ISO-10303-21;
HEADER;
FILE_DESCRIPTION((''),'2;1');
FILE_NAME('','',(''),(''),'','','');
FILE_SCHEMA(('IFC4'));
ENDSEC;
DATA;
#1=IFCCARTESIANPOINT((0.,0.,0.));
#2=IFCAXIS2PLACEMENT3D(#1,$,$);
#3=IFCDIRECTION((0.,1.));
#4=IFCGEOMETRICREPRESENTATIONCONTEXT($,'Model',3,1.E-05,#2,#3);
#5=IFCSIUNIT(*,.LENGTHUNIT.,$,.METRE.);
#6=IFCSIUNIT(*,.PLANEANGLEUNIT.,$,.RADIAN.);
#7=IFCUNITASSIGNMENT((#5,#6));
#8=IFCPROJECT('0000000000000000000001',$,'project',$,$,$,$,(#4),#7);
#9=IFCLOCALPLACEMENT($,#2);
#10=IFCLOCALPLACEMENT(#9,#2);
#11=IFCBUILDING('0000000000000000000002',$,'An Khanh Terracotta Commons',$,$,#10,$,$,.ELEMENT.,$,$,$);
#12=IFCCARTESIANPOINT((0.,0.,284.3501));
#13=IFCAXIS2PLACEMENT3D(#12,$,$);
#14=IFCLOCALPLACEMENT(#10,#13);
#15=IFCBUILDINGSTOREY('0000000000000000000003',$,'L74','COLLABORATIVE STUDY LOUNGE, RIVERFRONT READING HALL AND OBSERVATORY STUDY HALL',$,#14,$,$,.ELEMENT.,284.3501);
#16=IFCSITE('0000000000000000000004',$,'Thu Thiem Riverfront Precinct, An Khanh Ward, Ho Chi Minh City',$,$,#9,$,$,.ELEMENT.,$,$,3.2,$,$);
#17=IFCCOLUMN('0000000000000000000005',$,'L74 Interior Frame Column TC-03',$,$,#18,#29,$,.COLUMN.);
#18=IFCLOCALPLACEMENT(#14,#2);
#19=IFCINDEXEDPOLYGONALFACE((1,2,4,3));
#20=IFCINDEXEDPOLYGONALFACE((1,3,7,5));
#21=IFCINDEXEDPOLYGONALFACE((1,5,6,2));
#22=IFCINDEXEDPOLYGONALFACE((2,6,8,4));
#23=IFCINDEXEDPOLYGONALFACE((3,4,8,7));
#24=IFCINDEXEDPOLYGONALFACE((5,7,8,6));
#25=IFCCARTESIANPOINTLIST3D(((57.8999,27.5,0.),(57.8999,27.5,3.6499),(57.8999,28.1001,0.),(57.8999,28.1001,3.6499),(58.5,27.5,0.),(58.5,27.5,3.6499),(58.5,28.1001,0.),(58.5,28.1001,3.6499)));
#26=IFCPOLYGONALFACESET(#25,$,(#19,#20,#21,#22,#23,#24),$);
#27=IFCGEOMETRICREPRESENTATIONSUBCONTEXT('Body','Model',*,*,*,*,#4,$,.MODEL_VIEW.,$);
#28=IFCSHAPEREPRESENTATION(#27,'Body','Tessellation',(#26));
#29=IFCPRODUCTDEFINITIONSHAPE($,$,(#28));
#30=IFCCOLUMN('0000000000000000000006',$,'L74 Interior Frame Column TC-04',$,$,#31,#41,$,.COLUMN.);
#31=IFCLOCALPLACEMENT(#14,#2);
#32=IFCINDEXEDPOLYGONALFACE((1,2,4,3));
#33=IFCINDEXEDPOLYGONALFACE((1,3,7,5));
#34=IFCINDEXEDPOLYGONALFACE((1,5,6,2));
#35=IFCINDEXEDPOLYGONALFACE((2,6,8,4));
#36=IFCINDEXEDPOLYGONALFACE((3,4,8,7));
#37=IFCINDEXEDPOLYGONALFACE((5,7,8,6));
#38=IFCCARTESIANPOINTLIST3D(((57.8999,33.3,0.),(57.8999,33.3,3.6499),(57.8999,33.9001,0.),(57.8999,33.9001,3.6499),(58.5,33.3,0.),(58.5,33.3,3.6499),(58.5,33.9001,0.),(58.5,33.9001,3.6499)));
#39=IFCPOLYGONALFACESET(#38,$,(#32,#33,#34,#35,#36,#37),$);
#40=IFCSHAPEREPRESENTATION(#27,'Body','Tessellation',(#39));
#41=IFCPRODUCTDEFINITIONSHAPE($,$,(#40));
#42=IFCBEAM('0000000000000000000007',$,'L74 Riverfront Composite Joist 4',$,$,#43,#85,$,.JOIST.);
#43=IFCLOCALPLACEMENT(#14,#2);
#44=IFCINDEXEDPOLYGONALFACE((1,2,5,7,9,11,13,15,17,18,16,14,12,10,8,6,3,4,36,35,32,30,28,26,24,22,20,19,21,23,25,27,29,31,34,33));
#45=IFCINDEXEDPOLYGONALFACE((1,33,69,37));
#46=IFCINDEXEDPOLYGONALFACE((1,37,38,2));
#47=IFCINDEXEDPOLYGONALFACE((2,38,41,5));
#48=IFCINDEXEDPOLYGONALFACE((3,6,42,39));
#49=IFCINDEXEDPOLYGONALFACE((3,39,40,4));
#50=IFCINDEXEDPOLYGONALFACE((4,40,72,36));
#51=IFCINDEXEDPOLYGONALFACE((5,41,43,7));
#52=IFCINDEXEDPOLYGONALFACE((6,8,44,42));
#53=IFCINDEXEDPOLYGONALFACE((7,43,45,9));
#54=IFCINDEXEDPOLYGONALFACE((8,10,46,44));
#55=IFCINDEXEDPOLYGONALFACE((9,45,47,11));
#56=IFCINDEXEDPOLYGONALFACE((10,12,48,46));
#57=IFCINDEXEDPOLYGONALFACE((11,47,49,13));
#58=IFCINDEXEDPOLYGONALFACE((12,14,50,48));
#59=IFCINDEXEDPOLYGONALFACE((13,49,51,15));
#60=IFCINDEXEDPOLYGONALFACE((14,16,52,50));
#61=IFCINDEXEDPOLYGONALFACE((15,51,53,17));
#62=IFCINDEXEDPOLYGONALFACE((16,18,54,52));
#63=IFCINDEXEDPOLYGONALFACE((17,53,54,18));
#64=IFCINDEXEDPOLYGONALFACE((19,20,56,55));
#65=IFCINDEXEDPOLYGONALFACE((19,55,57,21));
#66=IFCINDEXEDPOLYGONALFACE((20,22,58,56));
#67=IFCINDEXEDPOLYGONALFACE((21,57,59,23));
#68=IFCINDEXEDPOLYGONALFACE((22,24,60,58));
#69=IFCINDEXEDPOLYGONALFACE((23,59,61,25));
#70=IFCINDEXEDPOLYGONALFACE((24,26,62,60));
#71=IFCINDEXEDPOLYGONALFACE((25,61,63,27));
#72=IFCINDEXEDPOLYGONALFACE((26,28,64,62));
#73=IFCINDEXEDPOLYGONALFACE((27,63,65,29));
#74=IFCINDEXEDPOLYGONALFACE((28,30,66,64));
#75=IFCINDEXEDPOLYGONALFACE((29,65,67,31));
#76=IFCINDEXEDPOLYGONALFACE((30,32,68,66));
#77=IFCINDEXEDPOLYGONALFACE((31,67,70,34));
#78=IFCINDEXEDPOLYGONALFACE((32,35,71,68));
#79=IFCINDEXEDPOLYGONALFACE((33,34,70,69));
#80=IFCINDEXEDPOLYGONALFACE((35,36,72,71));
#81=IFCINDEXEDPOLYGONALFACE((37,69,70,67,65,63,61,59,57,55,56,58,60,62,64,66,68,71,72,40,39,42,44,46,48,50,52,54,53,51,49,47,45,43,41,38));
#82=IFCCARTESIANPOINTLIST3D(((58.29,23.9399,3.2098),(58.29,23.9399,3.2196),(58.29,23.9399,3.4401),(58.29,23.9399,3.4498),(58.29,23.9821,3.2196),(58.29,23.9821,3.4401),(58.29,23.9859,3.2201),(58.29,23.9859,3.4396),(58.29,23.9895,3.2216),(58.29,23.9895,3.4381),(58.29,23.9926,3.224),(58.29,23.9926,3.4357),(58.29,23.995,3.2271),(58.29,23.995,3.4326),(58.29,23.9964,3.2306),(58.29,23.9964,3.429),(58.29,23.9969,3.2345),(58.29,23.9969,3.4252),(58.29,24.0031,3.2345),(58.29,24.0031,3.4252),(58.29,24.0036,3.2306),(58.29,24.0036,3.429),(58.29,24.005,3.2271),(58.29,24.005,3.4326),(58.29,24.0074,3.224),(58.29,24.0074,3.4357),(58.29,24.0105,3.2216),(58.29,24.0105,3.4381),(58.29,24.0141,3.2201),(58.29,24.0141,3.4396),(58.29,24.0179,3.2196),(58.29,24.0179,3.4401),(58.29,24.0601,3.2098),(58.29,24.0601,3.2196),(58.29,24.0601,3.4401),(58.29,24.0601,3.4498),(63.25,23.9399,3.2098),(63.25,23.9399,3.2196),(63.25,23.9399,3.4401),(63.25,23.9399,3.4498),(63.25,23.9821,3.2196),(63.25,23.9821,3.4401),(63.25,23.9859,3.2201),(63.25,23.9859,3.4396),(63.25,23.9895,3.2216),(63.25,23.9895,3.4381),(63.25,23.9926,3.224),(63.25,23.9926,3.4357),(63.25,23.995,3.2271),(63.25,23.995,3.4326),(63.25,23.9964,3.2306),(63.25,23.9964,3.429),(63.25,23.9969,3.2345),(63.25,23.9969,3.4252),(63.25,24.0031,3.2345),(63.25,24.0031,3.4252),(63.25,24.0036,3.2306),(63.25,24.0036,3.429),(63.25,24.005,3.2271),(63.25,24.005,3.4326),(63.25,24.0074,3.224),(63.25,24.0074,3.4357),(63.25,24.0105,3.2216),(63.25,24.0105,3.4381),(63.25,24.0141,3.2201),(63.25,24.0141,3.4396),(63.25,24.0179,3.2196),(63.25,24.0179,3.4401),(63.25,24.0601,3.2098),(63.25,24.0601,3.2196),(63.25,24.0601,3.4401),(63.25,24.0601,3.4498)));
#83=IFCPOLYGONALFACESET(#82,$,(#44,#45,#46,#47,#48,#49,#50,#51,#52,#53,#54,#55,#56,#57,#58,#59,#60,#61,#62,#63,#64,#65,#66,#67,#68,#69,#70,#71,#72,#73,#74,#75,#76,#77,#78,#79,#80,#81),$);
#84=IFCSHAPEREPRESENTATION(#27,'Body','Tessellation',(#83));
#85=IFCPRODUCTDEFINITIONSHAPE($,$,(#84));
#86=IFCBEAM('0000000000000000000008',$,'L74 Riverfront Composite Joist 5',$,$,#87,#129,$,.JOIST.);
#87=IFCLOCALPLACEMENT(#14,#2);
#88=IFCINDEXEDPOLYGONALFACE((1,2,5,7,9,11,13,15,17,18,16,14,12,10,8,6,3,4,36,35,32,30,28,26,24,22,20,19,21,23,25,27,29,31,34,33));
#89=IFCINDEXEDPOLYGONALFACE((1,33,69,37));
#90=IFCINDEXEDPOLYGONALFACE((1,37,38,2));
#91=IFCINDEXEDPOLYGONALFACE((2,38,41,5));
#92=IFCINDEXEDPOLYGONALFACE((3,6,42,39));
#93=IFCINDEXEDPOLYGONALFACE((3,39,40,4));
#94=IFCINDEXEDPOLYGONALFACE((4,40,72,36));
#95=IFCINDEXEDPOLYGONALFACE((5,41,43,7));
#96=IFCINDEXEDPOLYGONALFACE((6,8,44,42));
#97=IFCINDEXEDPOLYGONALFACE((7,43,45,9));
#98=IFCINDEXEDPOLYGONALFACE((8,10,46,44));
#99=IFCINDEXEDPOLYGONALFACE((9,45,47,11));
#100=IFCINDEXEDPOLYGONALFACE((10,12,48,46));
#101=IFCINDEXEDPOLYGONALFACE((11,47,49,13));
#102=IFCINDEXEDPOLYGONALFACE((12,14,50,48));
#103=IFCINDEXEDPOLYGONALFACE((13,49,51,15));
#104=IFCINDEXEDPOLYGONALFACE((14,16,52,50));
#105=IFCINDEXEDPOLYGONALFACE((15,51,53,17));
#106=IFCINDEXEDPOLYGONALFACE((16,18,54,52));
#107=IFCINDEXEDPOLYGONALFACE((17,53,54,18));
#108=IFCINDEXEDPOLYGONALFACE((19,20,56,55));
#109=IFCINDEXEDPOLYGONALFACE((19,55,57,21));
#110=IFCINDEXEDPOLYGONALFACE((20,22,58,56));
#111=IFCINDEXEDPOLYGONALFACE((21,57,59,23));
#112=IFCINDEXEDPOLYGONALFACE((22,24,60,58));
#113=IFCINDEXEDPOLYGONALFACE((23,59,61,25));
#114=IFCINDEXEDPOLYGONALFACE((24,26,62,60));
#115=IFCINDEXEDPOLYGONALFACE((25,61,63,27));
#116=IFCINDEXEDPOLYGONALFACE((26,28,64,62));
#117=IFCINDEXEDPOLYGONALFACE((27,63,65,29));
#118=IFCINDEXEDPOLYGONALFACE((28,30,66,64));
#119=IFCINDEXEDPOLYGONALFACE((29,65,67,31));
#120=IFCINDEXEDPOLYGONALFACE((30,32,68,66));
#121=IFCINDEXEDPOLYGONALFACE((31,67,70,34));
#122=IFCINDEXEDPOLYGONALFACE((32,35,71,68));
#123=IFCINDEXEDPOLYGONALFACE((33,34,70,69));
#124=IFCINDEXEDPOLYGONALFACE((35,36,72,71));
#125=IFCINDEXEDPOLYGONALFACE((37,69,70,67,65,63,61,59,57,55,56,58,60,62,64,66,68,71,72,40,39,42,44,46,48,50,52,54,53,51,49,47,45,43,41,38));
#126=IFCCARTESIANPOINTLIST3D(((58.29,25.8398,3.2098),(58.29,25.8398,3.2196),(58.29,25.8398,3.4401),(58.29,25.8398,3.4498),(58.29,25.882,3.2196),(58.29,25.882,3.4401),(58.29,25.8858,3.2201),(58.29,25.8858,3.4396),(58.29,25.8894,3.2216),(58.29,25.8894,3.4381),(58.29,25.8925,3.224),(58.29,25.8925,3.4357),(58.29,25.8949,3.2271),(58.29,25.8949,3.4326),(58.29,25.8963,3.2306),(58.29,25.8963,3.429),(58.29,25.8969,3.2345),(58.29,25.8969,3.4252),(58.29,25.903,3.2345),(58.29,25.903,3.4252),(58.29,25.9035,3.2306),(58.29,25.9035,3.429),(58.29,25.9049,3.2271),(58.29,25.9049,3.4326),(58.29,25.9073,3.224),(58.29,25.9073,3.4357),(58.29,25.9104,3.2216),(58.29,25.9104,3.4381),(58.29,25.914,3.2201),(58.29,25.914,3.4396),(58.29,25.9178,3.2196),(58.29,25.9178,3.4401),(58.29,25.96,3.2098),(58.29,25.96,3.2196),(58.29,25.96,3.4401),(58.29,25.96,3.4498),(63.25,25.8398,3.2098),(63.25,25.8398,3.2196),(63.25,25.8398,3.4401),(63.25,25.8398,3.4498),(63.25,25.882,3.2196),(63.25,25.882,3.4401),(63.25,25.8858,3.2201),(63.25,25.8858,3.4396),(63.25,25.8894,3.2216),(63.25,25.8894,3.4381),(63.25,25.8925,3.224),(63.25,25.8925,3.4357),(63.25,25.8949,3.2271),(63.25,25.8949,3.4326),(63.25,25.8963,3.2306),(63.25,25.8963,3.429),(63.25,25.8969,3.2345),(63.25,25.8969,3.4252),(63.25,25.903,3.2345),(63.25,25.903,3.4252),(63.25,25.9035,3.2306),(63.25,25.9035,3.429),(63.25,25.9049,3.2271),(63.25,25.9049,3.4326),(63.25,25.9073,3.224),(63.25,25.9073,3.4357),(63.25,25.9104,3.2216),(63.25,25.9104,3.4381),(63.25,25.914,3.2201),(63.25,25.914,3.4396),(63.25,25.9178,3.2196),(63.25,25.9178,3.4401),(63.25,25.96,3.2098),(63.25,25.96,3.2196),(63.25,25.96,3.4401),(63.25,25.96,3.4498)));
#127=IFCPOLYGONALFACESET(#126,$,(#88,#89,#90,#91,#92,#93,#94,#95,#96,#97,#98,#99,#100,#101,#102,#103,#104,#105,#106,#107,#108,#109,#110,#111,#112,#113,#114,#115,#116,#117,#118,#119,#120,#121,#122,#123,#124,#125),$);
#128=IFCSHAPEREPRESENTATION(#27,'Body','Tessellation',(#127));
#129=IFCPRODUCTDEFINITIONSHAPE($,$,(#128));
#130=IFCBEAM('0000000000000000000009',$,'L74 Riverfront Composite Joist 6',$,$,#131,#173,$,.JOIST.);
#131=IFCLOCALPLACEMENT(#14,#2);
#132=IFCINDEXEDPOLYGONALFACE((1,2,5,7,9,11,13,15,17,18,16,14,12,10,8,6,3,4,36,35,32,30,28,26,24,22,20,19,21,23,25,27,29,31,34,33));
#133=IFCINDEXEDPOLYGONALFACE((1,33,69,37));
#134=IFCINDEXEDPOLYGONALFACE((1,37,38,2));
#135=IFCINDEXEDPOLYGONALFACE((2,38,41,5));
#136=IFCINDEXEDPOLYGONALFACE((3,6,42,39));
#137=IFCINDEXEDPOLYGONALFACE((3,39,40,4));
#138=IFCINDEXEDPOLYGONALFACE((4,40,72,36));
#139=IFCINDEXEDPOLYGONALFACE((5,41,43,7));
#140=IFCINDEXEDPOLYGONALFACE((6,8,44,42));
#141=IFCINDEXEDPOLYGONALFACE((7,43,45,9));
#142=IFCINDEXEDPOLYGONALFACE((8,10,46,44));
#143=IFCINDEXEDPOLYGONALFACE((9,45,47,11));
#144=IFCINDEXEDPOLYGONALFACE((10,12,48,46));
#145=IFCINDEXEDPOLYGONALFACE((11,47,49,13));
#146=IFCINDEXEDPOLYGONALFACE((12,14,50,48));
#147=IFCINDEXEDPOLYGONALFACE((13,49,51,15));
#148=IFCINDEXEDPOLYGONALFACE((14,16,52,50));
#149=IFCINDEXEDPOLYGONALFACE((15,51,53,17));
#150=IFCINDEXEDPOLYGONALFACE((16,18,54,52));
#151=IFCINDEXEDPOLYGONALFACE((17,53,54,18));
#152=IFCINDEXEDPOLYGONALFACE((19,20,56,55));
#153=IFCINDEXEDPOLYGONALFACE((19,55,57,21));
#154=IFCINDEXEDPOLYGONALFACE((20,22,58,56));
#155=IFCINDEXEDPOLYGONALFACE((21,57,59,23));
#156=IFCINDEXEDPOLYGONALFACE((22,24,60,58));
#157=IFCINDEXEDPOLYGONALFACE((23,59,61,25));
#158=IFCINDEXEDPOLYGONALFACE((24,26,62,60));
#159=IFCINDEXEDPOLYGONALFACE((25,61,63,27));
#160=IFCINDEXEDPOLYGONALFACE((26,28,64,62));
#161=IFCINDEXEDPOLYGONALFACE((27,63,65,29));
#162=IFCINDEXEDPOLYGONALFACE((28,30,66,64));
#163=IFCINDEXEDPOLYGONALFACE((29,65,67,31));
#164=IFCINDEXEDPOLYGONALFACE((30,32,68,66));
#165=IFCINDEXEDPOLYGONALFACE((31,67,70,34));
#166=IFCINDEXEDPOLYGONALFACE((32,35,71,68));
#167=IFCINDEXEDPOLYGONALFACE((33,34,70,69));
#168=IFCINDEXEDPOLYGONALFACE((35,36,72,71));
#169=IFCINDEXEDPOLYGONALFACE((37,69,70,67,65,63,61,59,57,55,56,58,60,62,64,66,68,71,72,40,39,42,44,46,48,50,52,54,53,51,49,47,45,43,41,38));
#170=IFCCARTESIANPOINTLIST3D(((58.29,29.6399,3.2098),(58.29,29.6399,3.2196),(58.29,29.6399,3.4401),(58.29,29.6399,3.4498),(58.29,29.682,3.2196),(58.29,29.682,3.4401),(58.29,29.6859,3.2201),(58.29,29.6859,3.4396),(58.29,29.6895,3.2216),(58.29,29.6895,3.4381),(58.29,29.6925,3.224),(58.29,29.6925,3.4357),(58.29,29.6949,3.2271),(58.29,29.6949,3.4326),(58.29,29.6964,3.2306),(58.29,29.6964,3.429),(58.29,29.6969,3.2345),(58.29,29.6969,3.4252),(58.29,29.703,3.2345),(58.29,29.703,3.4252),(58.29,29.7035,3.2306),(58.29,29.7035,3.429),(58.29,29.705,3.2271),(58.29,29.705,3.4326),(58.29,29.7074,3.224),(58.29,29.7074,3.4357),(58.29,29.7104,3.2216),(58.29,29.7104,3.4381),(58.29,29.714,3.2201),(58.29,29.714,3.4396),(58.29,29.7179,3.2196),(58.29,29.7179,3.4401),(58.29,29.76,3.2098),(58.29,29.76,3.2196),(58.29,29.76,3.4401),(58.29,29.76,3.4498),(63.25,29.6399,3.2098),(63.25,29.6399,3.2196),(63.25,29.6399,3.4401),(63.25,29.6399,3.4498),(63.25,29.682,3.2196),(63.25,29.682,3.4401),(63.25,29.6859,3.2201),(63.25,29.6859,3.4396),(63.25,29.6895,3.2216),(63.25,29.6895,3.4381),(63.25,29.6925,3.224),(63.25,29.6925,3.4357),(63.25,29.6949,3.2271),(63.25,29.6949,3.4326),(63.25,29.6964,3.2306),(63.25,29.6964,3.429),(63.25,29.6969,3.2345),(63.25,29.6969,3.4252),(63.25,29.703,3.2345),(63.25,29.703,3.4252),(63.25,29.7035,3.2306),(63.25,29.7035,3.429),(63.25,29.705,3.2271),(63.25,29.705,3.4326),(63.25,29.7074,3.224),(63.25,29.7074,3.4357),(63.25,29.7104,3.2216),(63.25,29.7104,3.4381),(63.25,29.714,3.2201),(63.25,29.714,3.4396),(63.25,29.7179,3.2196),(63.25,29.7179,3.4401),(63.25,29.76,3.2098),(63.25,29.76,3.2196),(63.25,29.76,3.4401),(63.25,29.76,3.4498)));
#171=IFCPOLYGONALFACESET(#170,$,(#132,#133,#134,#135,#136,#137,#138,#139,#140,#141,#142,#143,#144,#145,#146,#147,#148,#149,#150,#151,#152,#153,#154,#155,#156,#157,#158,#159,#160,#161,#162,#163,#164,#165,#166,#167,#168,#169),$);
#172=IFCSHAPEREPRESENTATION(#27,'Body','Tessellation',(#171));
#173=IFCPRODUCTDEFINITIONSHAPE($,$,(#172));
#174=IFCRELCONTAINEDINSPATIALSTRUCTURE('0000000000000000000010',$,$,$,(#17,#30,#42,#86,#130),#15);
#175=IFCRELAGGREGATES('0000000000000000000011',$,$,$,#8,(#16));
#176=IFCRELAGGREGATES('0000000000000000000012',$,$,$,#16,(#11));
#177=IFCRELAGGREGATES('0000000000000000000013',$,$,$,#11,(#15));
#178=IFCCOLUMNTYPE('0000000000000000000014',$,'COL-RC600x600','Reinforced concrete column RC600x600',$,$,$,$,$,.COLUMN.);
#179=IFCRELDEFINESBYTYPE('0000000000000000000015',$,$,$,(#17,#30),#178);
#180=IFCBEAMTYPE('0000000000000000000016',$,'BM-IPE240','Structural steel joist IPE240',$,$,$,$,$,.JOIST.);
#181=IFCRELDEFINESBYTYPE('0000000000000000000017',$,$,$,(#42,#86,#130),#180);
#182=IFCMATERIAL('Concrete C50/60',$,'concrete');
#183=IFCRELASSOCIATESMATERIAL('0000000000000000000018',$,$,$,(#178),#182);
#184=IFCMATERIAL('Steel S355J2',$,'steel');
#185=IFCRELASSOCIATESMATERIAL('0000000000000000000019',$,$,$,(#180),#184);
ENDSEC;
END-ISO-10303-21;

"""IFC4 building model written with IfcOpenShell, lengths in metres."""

from ifc_helpers import new_model, si_unit, direction, frame, origin, origin_2d, place, context, subcontext, project, spatial, rectangle, i_section, extrude, material, material_profile, profile_set, type_object, element, save


model = new_model("IFC4")

# Units and contexts
model_context = context("Model", 3, precision=1e-05, world=origin(), true_north=direction((0.0, 1.0)))
body_context = subcontext(model_context, "Body", "Model", "MODEL_VIEW")
ifc_project = project(units=[si_unit("LENGTHUNIT", "METRE"), si_unit("PLANEANGLEUNIT", "RADIAN")], contexts=[model_context])

# Site, building, storey
site_placement = place(None, origin())
site = spatial("IfcSite", under=ifc_project, at=site_placement, Name="Thu Thiem Riverfront Precinct, An Khanh Ward, Ho Chi Minh City", CompositionType="ELEMENT", RefElevation=3.2)
building_placement = place(site_placement, origin())
building = spatial("IfcBuilding", under=site, at=building_placement, Name="An Khanh Terracotta Commons", CompositionType="ELEMENT")
storey_placement = place(building_placement, frame((0.0, 0.0, 284.3501)))
storey = spatial("IfcBuildingStorey", under=building, at=storey_placement, Name="L74", Description="COLLABORATIVE STUDY LOUNGE, RIVERFRONT READING HALL AND OBSERVATORY STUDY HALL", CompositionType="ELEMENT", Elevation=284.3501)

# Columns
ifc_material_1 = material(Name="Concrete C50/60", Category="concrete")
ifc_material_profile_1 = material_profile(ifc_material_1, rectangle(XDim=0.6001, YDim=0.6001, at=origin_2d()), Name="RC600x600")
ifc_profile_set_1 = profile_set([ifc_material_profile_1], Name="Concrete C50/60")
column_type = type_object("IfcColumnType", Name="COL-RC600x600", Description="Reinforced concrete column RC600x600", PredefinedType="COLUMN", material=ifc_profile_set_1)
for number, where, z_axis, x_axis, name in (
    (1, (58.2, 27.8, 0.0), (0.0, 0.0, 1.0), (1.0, 0.0, 0.0), "L74 Interior Frame Column TC-03"),
    (2, (58.2, 33.6001, 0.0), (0.0, 0.0, 1.0), (1.0, 0.0, 0.0), "L74 Interior Frame Column TC-04"),
):
    element("IfcColumn", number, at=place(storey_placement, frame(where, z_axis=z_axis, x_axis=x_axis)), inside=storey, type_object=column_type, Name=name, PredefinedType="COLUMN", context=body_context, shape_type="SweptSolid", body=[
        extrude(rectangle(XDim=0.6001, YDim=0.6001, at=origin_2d()), origin(), (0.0, 0.0, 1.0), 3.6499),
    ])

# Beams
ifc_material_2 = material(Name="Steel S355J2", Category="steel")
ifc_material_profile_2 = material_profile(ifc_material_2, i_section(OverallWidth=0.1201, OverallDepth=0.24, WebThickness=0.0061, FlangeThickness=0.0098, FilletRadius=0.0149, at=origin_2d()), Name="IPE240")
ifc_profile_set_2 = profile_set([ifc_material_profile_2], Name="Steel S355J2")
beam_type_1 = type_object("IfcBeamType", Name="BM-IPE240", Description="Structural steel joist IPE240", PredefinedType="JOIST", material=ifc_profile_set_2)
for number, where, z_axis, x_axis, name in (
    (3, (58.29, 24.0, 3.3298), (1.0, 0.0, 0.0), (0.0, 1.0, 0.0), "L74 Riverfront Composite Joist 4"),
    (4, (58.29, 25.8999, 3.3298), (1.0, 0.0, 0.0), (0.0, 1.0, 0.0), "L74 Riverfront Composite Joist 5"),
    (5, (58.29, 29.7, 3.3298), (1.0, 0.0, 0.0), (0.0, 1.0, 0.0), "L74 Riverfront Composite Joist 6"),
):
    element("IfcBeam", number, at=place(storey_placement, frame(where, z_axis=z_axis, x_axis=x_axis)), inside=storey, type_object=beam_type_1, Name=name, PredefinedType="JOIST", context=body_context, shape_type="SweptSolid", body=[
        extrude(i_section(OverallWidth=0.1201, OverallDepth=0.24, WebThickness=0.0061, FlangeThickness=0.0098, FilletRadius=0.0149, at=origin_2d()), origin(), (0.0, 0.0, 1.0), 4.96),
    ])

save(model, "model.ifc")
